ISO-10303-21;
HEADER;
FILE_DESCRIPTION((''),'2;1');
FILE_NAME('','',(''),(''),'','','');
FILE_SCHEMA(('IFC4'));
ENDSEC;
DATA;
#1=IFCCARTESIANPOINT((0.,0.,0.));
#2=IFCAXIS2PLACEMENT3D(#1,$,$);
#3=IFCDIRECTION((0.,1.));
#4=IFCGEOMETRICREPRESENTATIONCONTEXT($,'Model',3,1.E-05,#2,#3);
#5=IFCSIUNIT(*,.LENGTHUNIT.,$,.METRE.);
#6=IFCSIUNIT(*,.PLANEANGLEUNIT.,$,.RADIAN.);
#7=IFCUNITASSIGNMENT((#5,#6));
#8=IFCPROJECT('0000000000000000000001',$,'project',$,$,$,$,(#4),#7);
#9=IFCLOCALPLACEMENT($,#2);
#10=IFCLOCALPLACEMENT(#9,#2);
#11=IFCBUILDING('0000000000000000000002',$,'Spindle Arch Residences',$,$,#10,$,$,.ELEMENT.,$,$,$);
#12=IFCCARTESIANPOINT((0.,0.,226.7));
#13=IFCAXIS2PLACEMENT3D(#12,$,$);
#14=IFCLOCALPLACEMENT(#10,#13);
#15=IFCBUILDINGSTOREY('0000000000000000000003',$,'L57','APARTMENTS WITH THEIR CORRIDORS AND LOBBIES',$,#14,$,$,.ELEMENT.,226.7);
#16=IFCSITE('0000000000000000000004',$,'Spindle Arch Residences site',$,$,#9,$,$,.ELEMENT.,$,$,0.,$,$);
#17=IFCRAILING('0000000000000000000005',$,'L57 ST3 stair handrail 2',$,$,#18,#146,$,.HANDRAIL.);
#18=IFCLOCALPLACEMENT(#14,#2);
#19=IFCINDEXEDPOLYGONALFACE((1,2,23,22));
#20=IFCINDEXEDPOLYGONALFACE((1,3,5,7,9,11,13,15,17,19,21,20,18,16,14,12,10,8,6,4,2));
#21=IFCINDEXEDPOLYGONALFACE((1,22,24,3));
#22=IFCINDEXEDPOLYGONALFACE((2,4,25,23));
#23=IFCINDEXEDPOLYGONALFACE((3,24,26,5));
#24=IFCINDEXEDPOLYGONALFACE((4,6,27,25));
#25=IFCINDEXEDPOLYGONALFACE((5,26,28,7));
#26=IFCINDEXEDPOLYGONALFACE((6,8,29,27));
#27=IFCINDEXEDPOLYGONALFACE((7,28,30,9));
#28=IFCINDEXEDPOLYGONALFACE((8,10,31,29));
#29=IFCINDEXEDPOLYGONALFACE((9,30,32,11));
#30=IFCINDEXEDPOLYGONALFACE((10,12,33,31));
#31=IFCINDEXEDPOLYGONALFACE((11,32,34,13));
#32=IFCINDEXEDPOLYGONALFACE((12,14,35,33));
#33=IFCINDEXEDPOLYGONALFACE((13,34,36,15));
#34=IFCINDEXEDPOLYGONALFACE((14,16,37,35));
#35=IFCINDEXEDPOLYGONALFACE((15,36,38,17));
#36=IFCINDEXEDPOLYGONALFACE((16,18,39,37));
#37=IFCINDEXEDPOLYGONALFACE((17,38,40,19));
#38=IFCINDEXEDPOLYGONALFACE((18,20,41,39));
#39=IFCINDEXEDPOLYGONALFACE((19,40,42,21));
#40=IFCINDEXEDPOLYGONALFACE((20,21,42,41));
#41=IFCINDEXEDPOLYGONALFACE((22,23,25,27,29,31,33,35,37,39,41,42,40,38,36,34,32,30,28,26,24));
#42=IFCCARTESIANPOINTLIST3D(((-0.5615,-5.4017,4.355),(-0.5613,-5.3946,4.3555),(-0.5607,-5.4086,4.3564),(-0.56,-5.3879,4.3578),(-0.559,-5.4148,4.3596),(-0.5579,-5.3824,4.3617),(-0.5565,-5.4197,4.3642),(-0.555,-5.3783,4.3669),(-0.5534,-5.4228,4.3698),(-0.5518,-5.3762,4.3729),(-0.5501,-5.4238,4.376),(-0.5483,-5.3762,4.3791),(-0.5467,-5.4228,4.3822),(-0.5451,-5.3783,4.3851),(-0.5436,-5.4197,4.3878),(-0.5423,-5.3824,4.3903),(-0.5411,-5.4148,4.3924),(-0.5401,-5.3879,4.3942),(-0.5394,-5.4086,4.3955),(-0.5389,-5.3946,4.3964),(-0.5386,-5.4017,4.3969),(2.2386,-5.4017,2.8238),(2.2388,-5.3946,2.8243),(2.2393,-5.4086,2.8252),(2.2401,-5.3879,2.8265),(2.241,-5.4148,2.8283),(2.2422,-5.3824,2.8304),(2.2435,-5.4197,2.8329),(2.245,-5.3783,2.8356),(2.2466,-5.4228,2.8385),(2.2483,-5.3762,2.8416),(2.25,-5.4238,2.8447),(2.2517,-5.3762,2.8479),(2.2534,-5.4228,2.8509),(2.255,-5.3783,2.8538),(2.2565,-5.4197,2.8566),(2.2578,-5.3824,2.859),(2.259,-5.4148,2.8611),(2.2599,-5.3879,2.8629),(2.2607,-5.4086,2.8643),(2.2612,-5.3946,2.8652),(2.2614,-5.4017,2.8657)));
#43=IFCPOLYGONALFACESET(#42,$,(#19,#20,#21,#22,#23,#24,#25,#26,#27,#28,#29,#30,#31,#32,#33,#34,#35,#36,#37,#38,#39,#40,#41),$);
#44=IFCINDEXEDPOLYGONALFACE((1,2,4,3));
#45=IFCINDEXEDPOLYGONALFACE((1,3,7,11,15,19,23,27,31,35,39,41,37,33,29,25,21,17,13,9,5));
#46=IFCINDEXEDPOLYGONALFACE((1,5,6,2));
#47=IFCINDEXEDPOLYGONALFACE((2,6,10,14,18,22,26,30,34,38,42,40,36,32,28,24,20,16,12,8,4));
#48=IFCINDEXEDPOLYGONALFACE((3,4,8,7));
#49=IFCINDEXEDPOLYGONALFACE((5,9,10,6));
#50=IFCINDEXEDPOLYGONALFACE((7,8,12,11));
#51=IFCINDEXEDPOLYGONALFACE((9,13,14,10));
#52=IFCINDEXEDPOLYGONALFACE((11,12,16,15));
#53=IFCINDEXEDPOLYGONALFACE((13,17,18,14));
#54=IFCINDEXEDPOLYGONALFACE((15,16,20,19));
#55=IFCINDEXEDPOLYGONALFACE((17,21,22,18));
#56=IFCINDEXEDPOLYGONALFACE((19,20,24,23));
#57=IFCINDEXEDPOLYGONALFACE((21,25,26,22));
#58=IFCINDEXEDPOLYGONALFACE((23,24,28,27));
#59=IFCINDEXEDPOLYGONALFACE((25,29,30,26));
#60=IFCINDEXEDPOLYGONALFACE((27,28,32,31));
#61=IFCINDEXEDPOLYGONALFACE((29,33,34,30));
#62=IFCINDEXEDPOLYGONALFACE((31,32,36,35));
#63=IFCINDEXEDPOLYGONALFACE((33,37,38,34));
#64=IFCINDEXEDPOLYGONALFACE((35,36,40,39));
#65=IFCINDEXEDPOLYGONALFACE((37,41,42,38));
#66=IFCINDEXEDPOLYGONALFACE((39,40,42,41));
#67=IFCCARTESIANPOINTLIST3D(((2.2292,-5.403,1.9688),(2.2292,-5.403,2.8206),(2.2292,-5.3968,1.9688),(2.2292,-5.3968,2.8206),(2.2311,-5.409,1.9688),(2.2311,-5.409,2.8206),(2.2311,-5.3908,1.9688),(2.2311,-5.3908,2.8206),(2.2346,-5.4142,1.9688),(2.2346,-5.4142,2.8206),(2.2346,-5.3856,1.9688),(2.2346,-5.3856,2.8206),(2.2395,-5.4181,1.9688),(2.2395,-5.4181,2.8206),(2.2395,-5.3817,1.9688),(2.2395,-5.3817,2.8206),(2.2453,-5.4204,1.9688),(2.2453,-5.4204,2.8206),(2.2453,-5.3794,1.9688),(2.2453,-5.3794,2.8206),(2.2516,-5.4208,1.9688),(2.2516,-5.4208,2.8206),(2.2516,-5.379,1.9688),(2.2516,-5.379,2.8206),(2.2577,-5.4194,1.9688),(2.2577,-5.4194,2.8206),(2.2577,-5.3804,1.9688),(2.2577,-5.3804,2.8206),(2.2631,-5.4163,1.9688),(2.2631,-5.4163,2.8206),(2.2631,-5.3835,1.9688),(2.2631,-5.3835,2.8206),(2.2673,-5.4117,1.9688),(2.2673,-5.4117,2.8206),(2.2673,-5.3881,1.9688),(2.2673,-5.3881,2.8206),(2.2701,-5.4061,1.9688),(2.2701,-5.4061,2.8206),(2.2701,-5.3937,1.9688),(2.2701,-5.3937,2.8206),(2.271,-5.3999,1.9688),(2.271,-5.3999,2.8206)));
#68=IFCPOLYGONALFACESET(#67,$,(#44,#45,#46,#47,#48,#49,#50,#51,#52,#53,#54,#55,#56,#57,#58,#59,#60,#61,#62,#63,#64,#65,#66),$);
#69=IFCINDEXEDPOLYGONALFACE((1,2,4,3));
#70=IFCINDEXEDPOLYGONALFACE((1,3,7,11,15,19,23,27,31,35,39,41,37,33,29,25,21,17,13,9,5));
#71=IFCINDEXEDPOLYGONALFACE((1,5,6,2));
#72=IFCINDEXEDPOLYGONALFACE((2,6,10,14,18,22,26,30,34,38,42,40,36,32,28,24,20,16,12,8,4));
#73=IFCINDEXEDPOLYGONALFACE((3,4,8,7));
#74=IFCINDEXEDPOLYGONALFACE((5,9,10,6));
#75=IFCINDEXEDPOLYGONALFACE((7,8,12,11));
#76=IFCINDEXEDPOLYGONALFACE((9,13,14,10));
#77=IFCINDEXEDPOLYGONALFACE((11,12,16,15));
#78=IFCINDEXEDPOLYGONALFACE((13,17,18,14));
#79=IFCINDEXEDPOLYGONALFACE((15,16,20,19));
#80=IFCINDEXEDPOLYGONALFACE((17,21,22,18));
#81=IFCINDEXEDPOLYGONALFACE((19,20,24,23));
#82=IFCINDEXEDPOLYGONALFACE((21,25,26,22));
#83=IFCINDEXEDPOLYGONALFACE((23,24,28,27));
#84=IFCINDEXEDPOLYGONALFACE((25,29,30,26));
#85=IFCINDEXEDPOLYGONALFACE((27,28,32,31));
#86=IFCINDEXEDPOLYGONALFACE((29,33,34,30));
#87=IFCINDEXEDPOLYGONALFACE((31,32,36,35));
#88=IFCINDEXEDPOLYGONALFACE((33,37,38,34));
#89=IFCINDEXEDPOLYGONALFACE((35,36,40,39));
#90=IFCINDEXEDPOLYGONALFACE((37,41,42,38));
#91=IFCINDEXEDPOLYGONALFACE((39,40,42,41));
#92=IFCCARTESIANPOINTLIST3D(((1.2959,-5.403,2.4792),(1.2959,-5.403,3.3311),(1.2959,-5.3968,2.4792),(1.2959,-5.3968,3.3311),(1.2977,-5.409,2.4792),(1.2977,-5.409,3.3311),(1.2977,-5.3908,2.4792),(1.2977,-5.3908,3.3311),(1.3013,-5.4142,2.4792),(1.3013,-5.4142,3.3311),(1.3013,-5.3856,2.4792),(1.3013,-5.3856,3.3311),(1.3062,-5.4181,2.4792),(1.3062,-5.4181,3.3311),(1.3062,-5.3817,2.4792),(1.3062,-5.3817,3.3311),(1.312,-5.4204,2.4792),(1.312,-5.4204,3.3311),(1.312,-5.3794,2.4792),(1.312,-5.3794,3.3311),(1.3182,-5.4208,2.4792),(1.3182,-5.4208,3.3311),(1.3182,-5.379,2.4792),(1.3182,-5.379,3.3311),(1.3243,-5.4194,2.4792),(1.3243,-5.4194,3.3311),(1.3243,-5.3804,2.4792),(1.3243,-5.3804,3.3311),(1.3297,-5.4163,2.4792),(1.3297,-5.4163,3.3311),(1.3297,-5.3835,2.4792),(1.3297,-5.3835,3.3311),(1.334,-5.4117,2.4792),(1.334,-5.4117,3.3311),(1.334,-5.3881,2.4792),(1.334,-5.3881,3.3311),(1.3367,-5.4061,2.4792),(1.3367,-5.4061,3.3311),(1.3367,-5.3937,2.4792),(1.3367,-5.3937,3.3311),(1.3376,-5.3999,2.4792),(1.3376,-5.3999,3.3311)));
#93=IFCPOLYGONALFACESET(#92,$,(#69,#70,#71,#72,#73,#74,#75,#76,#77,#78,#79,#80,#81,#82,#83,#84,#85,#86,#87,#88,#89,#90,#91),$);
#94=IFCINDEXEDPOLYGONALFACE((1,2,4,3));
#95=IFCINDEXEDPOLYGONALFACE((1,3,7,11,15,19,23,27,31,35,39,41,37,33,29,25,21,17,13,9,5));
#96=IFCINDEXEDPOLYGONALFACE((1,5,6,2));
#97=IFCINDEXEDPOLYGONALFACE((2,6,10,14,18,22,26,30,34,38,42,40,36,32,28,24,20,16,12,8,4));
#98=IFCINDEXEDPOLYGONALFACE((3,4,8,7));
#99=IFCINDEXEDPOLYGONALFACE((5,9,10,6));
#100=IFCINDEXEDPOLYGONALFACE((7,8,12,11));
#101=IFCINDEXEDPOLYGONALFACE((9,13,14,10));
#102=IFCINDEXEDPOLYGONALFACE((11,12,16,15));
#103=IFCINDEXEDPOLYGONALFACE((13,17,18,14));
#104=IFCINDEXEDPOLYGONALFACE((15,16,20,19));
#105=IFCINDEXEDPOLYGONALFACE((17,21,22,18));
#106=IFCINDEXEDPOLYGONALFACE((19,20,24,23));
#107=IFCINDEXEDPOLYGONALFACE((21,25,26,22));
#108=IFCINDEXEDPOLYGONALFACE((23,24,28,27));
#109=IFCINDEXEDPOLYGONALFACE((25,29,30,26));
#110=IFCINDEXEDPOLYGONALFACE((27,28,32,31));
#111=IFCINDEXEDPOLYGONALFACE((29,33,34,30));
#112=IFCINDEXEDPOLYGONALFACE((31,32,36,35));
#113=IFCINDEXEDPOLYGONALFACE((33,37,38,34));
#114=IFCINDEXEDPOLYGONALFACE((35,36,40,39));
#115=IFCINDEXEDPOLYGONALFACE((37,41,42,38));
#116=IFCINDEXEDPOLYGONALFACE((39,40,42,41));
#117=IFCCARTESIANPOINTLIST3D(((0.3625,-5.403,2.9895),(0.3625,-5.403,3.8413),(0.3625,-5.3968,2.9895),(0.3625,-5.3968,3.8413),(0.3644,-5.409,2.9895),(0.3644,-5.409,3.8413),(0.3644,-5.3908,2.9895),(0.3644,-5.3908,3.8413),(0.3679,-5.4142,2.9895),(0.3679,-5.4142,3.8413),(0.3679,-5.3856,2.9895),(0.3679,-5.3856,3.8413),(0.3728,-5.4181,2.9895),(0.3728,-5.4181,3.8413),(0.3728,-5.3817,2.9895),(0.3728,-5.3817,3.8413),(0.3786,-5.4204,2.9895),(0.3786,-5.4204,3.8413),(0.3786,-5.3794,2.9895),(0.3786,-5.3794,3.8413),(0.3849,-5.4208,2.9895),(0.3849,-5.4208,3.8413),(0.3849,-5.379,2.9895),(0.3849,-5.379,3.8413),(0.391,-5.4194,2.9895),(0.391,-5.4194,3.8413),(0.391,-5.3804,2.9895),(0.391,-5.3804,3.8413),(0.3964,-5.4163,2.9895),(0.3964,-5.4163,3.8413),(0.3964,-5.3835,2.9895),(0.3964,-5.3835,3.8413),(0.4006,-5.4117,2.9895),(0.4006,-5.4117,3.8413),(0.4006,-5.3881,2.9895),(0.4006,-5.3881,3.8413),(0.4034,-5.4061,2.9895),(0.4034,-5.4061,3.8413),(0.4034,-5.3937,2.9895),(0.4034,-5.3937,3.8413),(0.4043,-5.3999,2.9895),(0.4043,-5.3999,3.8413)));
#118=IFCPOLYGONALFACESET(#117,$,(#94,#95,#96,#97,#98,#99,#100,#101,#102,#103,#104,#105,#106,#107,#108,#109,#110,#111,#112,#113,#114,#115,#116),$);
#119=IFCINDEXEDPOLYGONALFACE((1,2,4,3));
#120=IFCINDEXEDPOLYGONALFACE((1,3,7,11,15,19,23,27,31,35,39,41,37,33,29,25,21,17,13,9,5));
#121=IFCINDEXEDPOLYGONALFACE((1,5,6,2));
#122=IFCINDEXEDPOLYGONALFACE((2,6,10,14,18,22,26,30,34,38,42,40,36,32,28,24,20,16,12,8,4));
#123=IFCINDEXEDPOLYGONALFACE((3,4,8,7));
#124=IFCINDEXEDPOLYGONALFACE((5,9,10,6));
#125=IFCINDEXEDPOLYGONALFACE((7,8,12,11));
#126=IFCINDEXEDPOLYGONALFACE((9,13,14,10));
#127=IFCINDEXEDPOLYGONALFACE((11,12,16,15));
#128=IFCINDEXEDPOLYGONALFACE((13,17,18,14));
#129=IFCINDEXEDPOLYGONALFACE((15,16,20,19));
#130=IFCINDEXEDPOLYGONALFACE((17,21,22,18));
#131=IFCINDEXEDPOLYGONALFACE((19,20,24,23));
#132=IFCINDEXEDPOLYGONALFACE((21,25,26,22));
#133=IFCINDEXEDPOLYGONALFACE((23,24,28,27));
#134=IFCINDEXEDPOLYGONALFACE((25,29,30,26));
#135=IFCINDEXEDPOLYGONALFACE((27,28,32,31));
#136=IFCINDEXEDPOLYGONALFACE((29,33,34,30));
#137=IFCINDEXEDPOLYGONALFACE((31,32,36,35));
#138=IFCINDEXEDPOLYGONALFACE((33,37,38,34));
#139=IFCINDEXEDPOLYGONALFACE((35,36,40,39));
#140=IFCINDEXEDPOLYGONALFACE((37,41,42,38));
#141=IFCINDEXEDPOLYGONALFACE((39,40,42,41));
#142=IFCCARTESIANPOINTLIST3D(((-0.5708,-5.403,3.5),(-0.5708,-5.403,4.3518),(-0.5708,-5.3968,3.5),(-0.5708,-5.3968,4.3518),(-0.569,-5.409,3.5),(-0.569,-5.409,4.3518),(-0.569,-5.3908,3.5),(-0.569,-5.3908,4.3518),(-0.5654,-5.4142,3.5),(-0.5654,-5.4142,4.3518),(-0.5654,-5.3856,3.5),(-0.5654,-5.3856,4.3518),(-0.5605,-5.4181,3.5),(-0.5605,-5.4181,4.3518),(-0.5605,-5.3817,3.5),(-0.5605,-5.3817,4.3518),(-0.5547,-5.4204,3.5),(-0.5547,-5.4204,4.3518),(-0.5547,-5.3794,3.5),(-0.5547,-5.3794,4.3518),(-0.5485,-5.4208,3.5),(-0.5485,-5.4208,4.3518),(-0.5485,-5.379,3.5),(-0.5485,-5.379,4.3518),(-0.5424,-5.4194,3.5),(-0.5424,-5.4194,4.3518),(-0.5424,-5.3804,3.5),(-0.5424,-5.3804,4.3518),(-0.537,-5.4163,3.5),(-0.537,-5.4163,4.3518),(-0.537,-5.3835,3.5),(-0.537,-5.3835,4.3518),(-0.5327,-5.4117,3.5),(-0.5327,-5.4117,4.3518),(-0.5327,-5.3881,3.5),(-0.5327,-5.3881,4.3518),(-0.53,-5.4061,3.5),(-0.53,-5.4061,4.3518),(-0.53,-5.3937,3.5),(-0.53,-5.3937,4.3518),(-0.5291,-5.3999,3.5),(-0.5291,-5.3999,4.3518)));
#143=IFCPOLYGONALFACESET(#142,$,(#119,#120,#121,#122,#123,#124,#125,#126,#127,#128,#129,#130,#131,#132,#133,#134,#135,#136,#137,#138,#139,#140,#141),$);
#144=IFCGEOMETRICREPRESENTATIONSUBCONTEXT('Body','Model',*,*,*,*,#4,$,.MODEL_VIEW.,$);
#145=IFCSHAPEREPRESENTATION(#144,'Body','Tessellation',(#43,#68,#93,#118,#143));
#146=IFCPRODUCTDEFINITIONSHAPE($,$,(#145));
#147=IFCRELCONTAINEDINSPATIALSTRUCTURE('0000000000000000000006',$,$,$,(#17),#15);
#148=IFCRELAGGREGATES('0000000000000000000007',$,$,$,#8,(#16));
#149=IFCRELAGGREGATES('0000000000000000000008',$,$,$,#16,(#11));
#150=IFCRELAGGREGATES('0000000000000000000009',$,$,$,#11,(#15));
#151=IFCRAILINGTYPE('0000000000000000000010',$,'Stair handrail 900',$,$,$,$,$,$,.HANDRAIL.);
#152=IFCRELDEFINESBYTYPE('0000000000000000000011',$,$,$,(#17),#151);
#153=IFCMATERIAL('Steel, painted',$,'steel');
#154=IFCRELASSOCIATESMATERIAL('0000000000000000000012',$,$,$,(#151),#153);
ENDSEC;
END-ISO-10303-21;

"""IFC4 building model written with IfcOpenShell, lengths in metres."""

from ifc_helpers import new_model, si_unit, direction, frame, origin, origin_2d, place, context, subcontext, project, spatial, circle, extrude, material, type_object, element, save


model = new_model("IFC4")

# Units and contexts
model_context = context("Model", 3, precision=1e-05, world=origin(), true_north=direction((0.0, 1.0)))
body_context = subcontext(model_context, "Body", "Model", "MODEL_VIEW")
ifc_project = project(units=[si_unit("LENGTHUNIT", "METRE"), si_unit("PLANEANGLEUNIT", "RADIAN")], contexts=[model_context])

# Site, building, storey
site_placement = place(None, origin())
site = spatial("IfcSite", under=ifc_project, at=site_placement, Name="Spindle Arch Residences site", CompositionType="ELEMENT", RefElevation=0.0)
building_placement = place(site_placement, origin())
building = spatial("IfcBuilding", under=site, at=building_placement, Name="Spindle Arch Residences", CompositionType="ELEMENT")
storey_placement = place(building_placement, frame((0.0, 0.0, 226.7)))
storey = spatial("IfcBuildingStorey", under=building, at=storey_placement, Name="L57", Description="APARTMENTS WITH THEIR CORRIDORS AND LOBBIES", CompositionType="ELEMENT", Elevation=226.7)

# Railing
ifc_material_1 = material(Name="Steel, painted", Category="steel")
railing_type_1 = type_object("IfcRailingType", Name="Stair handrail 900", PredefinedType="HANDRAIL", material=ifc_material_1)
railing_1_placement = place(storey_placement, frame((2.25, -5.3999, 1.9688)))
element("IfcRailing", 1, at=railing_1_placement, inside=storey, type_object=railing_type_1, Name="L57 ST3 stair handrail 2", PredefinedType="HANDRAIL", context=body_context, shape_type="SweptSolid", body=[
    extrude(circle(Radius=0.0239, at=origin_2d()), frame((0.0, 0.0, 0.876), z_axis=(-0.877375, 0.0, 0.479806), x_axis=(0.0, -1.0, 0.0)), (0.0, 0.0, 1.0), 3.1914),
    extrude(circle(Radius=0.021, at=origin_2d()), origin(), (0.0, 0.0, 1.0), 0.8518),
    extrude(circle(Radius=0.021, at=origin_2d()), frame((-0.9333, 0.0, 0.5105)), (0.0, 0.0, 1.0), 0.8518),
    extrude(circle(Radius=0.021, at=origin_2d()), frame((-1.8667, 0.0, 1.0208)), (0.0, 0.0, 1.0), 0.8518),
    extrude(circle(Radius=0.021, at=origin_2d()), frame((-2.8, 0.0, 1.5312)), (0.0, 0.0, 1.0), 0.8518),
])

save(model, "model.ifc")
